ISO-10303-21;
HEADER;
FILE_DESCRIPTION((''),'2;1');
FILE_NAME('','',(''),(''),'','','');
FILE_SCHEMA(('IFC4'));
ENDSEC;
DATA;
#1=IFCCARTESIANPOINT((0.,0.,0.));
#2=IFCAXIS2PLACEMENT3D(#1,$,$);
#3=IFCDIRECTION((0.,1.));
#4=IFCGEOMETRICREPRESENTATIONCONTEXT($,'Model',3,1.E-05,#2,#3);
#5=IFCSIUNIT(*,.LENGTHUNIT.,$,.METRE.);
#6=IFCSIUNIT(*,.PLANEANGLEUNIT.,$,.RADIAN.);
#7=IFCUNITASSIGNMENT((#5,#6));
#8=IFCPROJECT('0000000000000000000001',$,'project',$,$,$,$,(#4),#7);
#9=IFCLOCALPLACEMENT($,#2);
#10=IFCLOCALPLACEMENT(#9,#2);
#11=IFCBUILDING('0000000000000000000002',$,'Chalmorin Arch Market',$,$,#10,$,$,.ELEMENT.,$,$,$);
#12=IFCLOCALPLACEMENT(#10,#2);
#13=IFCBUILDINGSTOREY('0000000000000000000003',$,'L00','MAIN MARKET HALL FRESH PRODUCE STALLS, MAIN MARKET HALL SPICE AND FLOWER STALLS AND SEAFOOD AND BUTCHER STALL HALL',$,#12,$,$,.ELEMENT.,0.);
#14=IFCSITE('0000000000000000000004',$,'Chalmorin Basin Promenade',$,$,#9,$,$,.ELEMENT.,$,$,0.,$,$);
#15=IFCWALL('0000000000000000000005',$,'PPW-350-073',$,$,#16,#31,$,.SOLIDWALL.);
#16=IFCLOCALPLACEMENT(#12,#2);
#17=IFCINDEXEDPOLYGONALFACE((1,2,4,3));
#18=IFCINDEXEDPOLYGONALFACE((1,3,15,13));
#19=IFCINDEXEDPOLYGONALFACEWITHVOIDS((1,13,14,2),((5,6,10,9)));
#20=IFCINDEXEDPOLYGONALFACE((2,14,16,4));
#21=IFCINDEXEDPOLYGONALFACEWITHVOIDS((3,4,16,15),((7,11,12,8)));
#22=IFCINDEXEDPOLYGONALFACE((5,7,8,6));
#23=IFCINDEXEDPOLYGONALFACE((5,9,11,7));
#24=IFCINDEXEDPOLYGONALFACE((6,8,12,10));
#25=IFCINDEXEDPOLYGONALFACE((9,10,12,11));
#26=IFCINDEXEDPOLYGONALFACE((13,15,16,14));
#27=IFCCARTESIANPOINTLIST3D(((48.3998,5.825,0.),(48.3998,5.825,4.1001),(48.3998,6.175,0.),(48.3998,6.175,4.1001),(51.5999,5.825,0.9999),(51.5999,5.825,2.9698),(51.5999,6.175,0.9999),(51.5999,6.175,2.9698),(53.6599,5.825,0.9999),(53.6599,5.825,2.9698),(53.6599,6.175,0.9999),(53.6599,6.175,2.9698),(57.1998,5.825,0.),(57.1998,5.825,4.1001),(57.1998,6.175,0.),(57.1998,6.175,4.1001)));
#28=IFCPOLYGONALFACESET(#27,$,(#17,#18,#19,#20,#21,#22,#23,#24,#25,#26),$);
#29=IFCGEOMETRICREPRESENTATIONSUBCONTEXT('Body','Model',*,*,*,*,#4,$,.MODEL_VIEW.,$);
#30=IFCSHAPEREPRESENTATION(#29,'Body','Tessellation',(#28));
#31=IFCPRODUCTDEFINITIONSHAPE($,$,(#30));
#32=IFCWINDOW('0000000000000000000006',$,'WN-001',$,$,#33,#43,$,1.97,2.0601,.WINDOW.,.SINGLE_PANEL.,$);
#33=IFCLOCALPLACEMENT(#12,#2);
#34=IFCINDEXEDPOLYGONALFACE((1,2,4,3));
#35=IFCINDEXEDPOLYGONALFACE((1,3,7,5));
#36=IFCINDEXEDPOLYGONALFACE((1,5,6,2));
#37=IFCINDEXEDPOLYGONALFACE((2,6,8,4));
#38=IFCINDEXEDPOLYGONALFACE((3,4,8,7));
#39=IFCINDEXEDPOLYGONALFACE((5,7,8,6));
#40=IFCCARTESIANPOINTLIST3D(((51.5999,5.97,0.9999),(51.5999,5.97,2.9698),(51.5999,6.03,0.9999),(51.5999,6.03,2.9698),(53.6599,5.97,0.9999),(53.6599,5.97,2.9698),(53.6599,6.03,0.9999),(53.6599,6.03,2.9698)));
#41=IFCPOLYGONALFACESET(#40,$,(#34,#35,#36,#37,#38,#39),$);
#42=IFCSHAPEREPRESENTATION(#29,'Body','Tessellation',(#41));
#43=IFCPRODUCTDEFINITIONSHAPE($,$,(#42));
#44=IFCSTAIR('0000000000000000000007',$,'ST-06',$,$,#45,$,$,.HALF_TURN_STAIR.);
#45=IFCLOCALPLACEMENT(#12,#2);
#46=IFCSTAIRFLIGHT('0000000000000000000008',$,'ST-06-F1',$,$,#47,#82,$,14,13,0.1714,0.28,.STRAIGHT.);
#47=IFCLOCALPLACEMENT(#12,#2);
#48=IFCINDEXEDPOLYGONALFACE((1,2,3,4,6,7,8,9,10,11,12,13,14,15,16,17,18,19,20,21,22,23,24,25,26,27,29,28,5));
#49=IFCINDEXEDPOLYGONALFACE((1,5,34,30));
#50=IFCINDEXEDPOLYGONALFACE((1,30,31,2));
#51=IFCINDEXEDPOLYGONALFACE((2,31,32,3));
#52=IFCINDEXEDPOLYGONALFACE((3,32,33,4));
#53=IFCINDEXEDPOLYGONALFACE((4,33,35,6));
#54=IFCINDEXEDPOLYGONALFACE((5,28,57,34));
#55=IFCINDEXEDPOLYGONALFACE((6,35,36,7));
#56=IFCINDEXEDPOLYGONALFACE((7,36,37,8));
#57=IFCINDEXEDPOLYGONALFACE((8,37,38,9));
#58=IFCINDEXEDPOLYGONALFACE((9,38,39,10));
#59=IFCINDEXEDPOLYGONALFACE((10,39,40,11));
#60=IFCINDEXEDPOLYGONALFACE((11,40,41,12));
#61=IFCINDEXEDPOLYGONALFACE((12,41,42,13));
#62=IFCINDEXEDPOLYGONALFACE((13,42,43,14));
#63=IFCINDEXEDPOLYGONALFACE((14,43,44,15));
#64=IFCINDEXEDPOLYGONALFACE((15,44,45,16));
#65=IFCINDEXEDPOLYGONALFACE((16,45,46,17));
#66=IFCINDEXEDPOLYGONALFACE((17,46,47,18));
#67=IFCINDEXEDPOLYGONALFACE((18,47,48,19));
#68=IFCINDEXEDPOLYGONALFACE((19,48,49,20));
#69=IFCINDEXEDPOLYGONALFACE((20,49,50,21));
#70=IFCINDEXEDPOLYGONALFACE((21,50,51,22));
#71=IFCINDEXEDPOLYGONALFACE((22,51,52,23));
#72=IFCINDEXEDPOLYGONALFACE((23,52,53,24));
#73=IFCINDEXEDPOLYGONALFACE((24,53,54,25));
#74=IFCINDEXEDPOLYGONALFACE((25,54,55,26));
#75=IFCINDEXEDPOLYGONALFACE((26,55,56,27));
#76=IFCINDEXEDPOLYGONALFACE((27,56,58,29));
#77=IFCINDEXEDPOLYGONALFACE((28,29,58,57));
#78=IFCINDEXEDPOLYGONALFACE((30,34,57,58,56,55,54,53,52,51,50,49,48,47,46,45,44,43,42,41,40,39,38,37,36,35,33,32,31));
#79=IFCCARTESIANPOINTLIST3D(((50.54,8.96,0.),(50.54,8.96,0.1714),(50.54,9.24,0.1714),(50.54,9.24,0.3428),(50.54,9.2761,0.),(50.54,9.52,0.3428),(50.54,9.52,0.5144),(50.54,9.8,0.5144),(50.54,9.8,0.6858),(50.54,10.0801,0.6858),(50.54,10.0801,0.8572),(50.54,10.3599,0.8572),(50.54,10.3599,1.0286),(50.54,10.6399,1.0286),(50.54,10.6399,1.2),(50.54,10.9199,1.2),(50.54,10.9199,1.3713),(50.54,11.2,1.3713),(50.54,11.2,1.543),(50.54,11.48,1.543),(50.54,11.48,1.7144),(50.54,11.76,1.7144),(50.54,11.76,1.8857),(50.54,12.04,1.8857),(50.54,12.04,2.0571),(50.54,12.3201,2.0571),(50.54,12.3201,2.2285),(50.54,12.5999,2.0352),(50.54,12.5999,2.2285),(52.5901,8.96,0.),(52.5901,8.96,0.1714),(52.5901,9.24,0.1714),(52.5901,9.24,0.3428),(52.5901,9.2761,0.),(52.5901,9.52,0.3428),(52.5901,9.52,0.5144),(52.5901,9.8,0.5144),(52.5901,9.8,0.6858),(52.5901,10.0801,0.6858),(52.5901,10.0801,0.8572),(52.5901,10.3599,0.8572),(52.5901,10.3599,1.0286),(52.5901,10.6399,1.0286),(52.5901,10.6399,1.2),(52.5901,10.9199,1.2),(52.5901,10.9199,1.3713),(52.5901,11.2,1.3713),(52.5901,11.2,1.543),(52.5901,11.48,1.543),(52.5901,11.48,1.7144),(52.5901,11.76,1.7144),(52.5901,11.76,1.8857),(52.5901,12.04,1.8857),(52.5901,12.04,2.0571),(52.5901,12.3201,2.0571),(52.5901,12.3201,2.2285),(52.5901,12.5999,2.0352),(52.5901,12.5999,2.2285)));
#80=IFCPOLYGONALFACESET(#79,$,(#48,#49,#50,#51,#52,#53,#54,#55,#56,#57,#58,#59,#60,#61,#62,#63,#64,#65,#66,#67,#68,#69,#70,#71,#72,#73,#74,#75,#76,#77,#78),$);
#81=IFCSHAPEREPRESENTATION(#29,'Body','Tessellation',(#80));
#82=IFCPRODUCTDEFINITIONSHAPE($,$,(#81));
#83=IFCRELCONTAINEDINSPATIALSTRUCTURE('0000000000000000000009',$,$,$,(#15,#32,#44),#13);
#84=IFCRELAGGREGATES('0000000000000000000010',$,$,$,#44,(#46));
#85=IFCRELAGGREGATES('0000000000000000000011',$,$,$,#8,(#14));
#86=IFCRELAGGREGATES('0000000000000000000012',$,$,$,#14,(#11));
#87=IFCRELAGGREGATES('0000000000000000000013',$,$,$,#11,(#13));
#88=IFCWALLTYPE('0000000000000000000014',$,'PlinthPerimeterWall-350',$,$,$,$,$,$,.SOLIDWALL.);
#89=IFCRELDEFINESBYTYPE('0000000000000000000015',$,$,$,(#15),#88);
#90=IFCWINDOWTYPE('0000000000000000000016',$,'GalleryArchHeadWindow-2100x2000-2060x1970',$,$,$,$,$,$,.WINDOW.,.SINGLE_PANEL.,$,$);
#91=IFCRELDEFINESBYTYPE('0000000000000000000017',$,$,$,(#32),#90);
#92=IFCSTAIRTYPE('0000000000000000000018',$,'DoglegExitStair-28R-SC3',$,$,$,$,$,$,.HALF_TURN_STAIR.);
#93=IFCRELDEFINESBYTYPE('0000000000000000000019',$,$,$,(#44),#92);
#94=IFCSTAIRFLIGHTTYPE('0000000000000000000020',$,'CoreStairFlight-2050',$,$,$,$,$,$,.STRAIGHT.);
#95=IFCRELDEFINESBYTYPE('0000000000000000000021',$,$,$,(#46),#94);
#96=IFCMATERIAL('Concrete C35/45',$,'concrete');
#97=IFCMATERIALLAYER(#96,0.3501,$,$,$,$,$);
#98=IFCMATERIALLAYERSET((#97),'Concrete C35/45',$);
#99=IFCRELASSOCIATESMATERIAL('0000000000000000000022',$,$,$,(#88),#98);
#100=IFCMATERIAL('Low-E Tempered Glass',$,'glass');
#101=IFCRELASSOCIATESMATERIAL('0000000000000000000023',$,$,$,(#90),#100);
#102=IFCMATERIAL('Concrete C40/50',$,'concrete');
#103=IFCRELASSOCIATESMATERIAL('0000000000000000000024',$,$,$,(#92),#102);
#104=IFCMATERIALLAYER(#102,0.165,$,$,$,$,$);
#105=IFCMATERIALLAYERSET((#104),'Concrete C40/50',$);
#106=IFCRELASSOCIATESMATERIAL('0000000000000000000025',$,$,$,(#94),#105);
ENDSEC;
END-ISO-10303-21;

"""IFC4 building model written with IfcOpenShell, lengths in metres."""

from ifc_helpers import new_model, si_unit, direction, frame, frame_2d, origin, place, context, subcontext, project, spatial, polyline, rectangle, outline, extrude, material, layer, layer_set, type_object, element, fill, aggregate, save


model = new_model("IFC4")

# Units and contexts
model_context = context("Model", 3, precision=1e-05, world=origin(), true_north=direction((0.0, 1.0)))
body_context = subcontext(model_context, "Body", "Model", "MODEL_VIEW")
ifc_project = project(units=[si_unit("LENGTHUNIT", "METRE"), si_unit("PLANEANGLEUNIT", "RADIAN")], contexts=[model_context])

# Site, building, storey
site_placement = place(None, origin())
site = spatial("IfcSite", under=ifc_project, at=site_placement, Name="Chalmorin Basin Promenade", CompositionType="ELEMENT", RefElevation=0.0)
building_placement = place(site_placement, origin())
building = spatial("IfcBuilding", under=site, at=building_placement, Name="Chalmorin Arch Market", CompositionType="ELEMENT")
storey_placement = place(building_placement, origin())
storey = spatial("IfcBuildingStorey", under=building, at=storey_placement, Name="L00", Description="MAIN MARKET HALL FRESH PRODUCE STALLS, MAIN MARKET HALL SPICE AND FLOWER STALLS AND SEAFOOD AND BUTCHER STALL HALL", CompositionType="ELEMENT", Elevation=0.0)

# Shared definitions
ifc_material_1 = material(Name="Concrete C40/50", Category="concrete")

# Shared definitions
ifc_material_2 = material(Name="Low-E Tempered Glass", Category="glass")

# Wall, opening, window
ifc_material_3 = material(Name="Concrete C35/45", Category="concrete")
ifc_layer_1 = layer(ifc_material_3, 0.3501)
ifc_layer_set_1 = layer_set([ifc_layer_1], Name="Concrete C35/45")
wall_type_1 = type_object("IfcWallType", Name="PlinthPerimeterWall-350", PredefinedType="SOLIDWALL", material=ifc_layer_set_1)
wall_1_placement = place(storey_placement, frame((48.3999, 6.0, 0.0), z_axis=(0.0, 0.0, 1.0), x_axis=(1.0, 0.0, 0.0)))
wall_1 = element("IfcWall", 1, at=wall_1_placement, inside=storey, type_object=wall_type_1, Name="PPW-350-073", PredefinedType="SOLIDWALL", context=body_context, shape_type="SweptSolid", body=[
    extrude(rectangle(XDim=8.8, YDim=0.3501, at=frame_2d((4.3999, 0.0))), origin(), (0.0, 0.0, 1.0), 4.1001),
])
opening_placement = place(wall_1_placement, frame((3.2, 0.0, 1.0)))
opening = element("IfcOpeningElement", 2, at=opening_placement, cuts=wall_1, PredefinedType="OPENING", context=body_context, shape_type="SweptSolid", body=[
    extrude(rectangle(XDim=2.0601, YDim=1.97, at=frame_2d((1.03, 0.9849))), frame((0.0, 0.1851, 0.0), z_axis=(0.0, -1.0, 0.0), x_axis=(1.0, 0.0, 0.0)), (0.0, 0.0, 1.0), 0.3701),
])
window_type = type_object("IfcWindowType", Name="GalleryArchHeadWindow-2100x2000-2060x1970", PartitioningType="SINGLE_PANEL", PredefinedType="WINDOW", material=ifc_material_2)
window_placement = place(opening_placement, origin())
window = element("IfcWindow", 3, at=window_placement, inside=storey, type_object=window_type, Name="WN-001", OverallHeight=1.97, OverallWidth=2.0601, PartitioningType="SINGLE_PANEL", PredefinedType="WINDOW", context=body_context, shape_type="SweptSolid", body=[
    extrude(rectangle(XDim=2.0601, YDim=1.97, at=frame_2d((1.03, 0.9849))), frame((0.0, 0.03, 0.0), z_axis=(0.0, -1.0, 0.0), x_axis=(1.0, 0.0, 0.0)), (0.0, 0.0, 1.0), 0.0601),
])
fill(opening, window)

# Stair, stair flight
stair_type = type_object("IfcStairType", Name="DoglegExitStair-28R-SC3", PredefinedType="HALF_TURN_STAIR", material=ifc_material_1)
stair_placement = place(storey_placement, origin())
stair = element("IfcStair", 4, at=stair_placement, inside=storey, type_object=stair_type, Name="ST-06", PredefinedType="HALF_TURN_STAIR")
ifc_layer_2 = layer(ifc_material_1, 0.165)
ifc_layer_set_2 = layer_set([ifc_layer_2], Name="Concrete C40/50")
stair_flight_type = type_object("IfcStairFlightType", Name="CoreStairFlight-2050", PredefinedType="STRAIGHT", material=ifc_layer_set_2)
stair_flight_placement = place(storey_placement, frame((51.5649, 8.96, 0.0), z_axis=(0.0, 0.0, 1.0), x_axis=(0.0, 1.0, 0.0)))
stair_flight = element("IfcStairFlight", 5, at=stair_flight_placement, type_object=stair_flight_type, Name="ST-06-F1", NumberOfRisers=14, NumberOfTreads=13, PredefinedType="STRAIGHT", RiserHeight=0.1714, TreadLength=0.28, context=body_context, shape_type="SweptSolid", body=[
    extrude(outline(polyline([(0.0, 0.0), (0.0, 0.1714), (0.28, 0.1714), (0.28, 0.3428), (0.5601, 0.3428), (0.5601, 0.5144), (0.8401, 0.5144), (0.8401, 0.6858), (1.1201, 0.6858), (1.1201, 0.8572), (1.3999, 0.8572), (1.3999, 1.0286), (1.6799, 1.0286), (1.6799, 1.2), (1.96, 1.2), (1.96, 1.3713), (2.24, 1.3713), (2.24, 1.543), (2.52, 1.543), (2.52, 1.7144), (2.8, 1.7144), (2.8, 1.8857), (3.0801, 1.8857), (3.0801, 2.0571), (3.3601, 2.0571), (3.3601, 2.2285), (3.6399, 2.2285), (3.6399, 2.3999), (3.6399, 2.0352), (0.3162, 0.0), (0.0, 0.0)])), frame((0.0, 1.0249, 0.0), z_axis=(0.0, -1.0, 0.0), x_axis=(1.0, 0.0, 0.0)), (0.0, 0.0, 1.0), 2.05),
])
aggregate(stair, [stair_flight])

save(model, "model.ifc")
